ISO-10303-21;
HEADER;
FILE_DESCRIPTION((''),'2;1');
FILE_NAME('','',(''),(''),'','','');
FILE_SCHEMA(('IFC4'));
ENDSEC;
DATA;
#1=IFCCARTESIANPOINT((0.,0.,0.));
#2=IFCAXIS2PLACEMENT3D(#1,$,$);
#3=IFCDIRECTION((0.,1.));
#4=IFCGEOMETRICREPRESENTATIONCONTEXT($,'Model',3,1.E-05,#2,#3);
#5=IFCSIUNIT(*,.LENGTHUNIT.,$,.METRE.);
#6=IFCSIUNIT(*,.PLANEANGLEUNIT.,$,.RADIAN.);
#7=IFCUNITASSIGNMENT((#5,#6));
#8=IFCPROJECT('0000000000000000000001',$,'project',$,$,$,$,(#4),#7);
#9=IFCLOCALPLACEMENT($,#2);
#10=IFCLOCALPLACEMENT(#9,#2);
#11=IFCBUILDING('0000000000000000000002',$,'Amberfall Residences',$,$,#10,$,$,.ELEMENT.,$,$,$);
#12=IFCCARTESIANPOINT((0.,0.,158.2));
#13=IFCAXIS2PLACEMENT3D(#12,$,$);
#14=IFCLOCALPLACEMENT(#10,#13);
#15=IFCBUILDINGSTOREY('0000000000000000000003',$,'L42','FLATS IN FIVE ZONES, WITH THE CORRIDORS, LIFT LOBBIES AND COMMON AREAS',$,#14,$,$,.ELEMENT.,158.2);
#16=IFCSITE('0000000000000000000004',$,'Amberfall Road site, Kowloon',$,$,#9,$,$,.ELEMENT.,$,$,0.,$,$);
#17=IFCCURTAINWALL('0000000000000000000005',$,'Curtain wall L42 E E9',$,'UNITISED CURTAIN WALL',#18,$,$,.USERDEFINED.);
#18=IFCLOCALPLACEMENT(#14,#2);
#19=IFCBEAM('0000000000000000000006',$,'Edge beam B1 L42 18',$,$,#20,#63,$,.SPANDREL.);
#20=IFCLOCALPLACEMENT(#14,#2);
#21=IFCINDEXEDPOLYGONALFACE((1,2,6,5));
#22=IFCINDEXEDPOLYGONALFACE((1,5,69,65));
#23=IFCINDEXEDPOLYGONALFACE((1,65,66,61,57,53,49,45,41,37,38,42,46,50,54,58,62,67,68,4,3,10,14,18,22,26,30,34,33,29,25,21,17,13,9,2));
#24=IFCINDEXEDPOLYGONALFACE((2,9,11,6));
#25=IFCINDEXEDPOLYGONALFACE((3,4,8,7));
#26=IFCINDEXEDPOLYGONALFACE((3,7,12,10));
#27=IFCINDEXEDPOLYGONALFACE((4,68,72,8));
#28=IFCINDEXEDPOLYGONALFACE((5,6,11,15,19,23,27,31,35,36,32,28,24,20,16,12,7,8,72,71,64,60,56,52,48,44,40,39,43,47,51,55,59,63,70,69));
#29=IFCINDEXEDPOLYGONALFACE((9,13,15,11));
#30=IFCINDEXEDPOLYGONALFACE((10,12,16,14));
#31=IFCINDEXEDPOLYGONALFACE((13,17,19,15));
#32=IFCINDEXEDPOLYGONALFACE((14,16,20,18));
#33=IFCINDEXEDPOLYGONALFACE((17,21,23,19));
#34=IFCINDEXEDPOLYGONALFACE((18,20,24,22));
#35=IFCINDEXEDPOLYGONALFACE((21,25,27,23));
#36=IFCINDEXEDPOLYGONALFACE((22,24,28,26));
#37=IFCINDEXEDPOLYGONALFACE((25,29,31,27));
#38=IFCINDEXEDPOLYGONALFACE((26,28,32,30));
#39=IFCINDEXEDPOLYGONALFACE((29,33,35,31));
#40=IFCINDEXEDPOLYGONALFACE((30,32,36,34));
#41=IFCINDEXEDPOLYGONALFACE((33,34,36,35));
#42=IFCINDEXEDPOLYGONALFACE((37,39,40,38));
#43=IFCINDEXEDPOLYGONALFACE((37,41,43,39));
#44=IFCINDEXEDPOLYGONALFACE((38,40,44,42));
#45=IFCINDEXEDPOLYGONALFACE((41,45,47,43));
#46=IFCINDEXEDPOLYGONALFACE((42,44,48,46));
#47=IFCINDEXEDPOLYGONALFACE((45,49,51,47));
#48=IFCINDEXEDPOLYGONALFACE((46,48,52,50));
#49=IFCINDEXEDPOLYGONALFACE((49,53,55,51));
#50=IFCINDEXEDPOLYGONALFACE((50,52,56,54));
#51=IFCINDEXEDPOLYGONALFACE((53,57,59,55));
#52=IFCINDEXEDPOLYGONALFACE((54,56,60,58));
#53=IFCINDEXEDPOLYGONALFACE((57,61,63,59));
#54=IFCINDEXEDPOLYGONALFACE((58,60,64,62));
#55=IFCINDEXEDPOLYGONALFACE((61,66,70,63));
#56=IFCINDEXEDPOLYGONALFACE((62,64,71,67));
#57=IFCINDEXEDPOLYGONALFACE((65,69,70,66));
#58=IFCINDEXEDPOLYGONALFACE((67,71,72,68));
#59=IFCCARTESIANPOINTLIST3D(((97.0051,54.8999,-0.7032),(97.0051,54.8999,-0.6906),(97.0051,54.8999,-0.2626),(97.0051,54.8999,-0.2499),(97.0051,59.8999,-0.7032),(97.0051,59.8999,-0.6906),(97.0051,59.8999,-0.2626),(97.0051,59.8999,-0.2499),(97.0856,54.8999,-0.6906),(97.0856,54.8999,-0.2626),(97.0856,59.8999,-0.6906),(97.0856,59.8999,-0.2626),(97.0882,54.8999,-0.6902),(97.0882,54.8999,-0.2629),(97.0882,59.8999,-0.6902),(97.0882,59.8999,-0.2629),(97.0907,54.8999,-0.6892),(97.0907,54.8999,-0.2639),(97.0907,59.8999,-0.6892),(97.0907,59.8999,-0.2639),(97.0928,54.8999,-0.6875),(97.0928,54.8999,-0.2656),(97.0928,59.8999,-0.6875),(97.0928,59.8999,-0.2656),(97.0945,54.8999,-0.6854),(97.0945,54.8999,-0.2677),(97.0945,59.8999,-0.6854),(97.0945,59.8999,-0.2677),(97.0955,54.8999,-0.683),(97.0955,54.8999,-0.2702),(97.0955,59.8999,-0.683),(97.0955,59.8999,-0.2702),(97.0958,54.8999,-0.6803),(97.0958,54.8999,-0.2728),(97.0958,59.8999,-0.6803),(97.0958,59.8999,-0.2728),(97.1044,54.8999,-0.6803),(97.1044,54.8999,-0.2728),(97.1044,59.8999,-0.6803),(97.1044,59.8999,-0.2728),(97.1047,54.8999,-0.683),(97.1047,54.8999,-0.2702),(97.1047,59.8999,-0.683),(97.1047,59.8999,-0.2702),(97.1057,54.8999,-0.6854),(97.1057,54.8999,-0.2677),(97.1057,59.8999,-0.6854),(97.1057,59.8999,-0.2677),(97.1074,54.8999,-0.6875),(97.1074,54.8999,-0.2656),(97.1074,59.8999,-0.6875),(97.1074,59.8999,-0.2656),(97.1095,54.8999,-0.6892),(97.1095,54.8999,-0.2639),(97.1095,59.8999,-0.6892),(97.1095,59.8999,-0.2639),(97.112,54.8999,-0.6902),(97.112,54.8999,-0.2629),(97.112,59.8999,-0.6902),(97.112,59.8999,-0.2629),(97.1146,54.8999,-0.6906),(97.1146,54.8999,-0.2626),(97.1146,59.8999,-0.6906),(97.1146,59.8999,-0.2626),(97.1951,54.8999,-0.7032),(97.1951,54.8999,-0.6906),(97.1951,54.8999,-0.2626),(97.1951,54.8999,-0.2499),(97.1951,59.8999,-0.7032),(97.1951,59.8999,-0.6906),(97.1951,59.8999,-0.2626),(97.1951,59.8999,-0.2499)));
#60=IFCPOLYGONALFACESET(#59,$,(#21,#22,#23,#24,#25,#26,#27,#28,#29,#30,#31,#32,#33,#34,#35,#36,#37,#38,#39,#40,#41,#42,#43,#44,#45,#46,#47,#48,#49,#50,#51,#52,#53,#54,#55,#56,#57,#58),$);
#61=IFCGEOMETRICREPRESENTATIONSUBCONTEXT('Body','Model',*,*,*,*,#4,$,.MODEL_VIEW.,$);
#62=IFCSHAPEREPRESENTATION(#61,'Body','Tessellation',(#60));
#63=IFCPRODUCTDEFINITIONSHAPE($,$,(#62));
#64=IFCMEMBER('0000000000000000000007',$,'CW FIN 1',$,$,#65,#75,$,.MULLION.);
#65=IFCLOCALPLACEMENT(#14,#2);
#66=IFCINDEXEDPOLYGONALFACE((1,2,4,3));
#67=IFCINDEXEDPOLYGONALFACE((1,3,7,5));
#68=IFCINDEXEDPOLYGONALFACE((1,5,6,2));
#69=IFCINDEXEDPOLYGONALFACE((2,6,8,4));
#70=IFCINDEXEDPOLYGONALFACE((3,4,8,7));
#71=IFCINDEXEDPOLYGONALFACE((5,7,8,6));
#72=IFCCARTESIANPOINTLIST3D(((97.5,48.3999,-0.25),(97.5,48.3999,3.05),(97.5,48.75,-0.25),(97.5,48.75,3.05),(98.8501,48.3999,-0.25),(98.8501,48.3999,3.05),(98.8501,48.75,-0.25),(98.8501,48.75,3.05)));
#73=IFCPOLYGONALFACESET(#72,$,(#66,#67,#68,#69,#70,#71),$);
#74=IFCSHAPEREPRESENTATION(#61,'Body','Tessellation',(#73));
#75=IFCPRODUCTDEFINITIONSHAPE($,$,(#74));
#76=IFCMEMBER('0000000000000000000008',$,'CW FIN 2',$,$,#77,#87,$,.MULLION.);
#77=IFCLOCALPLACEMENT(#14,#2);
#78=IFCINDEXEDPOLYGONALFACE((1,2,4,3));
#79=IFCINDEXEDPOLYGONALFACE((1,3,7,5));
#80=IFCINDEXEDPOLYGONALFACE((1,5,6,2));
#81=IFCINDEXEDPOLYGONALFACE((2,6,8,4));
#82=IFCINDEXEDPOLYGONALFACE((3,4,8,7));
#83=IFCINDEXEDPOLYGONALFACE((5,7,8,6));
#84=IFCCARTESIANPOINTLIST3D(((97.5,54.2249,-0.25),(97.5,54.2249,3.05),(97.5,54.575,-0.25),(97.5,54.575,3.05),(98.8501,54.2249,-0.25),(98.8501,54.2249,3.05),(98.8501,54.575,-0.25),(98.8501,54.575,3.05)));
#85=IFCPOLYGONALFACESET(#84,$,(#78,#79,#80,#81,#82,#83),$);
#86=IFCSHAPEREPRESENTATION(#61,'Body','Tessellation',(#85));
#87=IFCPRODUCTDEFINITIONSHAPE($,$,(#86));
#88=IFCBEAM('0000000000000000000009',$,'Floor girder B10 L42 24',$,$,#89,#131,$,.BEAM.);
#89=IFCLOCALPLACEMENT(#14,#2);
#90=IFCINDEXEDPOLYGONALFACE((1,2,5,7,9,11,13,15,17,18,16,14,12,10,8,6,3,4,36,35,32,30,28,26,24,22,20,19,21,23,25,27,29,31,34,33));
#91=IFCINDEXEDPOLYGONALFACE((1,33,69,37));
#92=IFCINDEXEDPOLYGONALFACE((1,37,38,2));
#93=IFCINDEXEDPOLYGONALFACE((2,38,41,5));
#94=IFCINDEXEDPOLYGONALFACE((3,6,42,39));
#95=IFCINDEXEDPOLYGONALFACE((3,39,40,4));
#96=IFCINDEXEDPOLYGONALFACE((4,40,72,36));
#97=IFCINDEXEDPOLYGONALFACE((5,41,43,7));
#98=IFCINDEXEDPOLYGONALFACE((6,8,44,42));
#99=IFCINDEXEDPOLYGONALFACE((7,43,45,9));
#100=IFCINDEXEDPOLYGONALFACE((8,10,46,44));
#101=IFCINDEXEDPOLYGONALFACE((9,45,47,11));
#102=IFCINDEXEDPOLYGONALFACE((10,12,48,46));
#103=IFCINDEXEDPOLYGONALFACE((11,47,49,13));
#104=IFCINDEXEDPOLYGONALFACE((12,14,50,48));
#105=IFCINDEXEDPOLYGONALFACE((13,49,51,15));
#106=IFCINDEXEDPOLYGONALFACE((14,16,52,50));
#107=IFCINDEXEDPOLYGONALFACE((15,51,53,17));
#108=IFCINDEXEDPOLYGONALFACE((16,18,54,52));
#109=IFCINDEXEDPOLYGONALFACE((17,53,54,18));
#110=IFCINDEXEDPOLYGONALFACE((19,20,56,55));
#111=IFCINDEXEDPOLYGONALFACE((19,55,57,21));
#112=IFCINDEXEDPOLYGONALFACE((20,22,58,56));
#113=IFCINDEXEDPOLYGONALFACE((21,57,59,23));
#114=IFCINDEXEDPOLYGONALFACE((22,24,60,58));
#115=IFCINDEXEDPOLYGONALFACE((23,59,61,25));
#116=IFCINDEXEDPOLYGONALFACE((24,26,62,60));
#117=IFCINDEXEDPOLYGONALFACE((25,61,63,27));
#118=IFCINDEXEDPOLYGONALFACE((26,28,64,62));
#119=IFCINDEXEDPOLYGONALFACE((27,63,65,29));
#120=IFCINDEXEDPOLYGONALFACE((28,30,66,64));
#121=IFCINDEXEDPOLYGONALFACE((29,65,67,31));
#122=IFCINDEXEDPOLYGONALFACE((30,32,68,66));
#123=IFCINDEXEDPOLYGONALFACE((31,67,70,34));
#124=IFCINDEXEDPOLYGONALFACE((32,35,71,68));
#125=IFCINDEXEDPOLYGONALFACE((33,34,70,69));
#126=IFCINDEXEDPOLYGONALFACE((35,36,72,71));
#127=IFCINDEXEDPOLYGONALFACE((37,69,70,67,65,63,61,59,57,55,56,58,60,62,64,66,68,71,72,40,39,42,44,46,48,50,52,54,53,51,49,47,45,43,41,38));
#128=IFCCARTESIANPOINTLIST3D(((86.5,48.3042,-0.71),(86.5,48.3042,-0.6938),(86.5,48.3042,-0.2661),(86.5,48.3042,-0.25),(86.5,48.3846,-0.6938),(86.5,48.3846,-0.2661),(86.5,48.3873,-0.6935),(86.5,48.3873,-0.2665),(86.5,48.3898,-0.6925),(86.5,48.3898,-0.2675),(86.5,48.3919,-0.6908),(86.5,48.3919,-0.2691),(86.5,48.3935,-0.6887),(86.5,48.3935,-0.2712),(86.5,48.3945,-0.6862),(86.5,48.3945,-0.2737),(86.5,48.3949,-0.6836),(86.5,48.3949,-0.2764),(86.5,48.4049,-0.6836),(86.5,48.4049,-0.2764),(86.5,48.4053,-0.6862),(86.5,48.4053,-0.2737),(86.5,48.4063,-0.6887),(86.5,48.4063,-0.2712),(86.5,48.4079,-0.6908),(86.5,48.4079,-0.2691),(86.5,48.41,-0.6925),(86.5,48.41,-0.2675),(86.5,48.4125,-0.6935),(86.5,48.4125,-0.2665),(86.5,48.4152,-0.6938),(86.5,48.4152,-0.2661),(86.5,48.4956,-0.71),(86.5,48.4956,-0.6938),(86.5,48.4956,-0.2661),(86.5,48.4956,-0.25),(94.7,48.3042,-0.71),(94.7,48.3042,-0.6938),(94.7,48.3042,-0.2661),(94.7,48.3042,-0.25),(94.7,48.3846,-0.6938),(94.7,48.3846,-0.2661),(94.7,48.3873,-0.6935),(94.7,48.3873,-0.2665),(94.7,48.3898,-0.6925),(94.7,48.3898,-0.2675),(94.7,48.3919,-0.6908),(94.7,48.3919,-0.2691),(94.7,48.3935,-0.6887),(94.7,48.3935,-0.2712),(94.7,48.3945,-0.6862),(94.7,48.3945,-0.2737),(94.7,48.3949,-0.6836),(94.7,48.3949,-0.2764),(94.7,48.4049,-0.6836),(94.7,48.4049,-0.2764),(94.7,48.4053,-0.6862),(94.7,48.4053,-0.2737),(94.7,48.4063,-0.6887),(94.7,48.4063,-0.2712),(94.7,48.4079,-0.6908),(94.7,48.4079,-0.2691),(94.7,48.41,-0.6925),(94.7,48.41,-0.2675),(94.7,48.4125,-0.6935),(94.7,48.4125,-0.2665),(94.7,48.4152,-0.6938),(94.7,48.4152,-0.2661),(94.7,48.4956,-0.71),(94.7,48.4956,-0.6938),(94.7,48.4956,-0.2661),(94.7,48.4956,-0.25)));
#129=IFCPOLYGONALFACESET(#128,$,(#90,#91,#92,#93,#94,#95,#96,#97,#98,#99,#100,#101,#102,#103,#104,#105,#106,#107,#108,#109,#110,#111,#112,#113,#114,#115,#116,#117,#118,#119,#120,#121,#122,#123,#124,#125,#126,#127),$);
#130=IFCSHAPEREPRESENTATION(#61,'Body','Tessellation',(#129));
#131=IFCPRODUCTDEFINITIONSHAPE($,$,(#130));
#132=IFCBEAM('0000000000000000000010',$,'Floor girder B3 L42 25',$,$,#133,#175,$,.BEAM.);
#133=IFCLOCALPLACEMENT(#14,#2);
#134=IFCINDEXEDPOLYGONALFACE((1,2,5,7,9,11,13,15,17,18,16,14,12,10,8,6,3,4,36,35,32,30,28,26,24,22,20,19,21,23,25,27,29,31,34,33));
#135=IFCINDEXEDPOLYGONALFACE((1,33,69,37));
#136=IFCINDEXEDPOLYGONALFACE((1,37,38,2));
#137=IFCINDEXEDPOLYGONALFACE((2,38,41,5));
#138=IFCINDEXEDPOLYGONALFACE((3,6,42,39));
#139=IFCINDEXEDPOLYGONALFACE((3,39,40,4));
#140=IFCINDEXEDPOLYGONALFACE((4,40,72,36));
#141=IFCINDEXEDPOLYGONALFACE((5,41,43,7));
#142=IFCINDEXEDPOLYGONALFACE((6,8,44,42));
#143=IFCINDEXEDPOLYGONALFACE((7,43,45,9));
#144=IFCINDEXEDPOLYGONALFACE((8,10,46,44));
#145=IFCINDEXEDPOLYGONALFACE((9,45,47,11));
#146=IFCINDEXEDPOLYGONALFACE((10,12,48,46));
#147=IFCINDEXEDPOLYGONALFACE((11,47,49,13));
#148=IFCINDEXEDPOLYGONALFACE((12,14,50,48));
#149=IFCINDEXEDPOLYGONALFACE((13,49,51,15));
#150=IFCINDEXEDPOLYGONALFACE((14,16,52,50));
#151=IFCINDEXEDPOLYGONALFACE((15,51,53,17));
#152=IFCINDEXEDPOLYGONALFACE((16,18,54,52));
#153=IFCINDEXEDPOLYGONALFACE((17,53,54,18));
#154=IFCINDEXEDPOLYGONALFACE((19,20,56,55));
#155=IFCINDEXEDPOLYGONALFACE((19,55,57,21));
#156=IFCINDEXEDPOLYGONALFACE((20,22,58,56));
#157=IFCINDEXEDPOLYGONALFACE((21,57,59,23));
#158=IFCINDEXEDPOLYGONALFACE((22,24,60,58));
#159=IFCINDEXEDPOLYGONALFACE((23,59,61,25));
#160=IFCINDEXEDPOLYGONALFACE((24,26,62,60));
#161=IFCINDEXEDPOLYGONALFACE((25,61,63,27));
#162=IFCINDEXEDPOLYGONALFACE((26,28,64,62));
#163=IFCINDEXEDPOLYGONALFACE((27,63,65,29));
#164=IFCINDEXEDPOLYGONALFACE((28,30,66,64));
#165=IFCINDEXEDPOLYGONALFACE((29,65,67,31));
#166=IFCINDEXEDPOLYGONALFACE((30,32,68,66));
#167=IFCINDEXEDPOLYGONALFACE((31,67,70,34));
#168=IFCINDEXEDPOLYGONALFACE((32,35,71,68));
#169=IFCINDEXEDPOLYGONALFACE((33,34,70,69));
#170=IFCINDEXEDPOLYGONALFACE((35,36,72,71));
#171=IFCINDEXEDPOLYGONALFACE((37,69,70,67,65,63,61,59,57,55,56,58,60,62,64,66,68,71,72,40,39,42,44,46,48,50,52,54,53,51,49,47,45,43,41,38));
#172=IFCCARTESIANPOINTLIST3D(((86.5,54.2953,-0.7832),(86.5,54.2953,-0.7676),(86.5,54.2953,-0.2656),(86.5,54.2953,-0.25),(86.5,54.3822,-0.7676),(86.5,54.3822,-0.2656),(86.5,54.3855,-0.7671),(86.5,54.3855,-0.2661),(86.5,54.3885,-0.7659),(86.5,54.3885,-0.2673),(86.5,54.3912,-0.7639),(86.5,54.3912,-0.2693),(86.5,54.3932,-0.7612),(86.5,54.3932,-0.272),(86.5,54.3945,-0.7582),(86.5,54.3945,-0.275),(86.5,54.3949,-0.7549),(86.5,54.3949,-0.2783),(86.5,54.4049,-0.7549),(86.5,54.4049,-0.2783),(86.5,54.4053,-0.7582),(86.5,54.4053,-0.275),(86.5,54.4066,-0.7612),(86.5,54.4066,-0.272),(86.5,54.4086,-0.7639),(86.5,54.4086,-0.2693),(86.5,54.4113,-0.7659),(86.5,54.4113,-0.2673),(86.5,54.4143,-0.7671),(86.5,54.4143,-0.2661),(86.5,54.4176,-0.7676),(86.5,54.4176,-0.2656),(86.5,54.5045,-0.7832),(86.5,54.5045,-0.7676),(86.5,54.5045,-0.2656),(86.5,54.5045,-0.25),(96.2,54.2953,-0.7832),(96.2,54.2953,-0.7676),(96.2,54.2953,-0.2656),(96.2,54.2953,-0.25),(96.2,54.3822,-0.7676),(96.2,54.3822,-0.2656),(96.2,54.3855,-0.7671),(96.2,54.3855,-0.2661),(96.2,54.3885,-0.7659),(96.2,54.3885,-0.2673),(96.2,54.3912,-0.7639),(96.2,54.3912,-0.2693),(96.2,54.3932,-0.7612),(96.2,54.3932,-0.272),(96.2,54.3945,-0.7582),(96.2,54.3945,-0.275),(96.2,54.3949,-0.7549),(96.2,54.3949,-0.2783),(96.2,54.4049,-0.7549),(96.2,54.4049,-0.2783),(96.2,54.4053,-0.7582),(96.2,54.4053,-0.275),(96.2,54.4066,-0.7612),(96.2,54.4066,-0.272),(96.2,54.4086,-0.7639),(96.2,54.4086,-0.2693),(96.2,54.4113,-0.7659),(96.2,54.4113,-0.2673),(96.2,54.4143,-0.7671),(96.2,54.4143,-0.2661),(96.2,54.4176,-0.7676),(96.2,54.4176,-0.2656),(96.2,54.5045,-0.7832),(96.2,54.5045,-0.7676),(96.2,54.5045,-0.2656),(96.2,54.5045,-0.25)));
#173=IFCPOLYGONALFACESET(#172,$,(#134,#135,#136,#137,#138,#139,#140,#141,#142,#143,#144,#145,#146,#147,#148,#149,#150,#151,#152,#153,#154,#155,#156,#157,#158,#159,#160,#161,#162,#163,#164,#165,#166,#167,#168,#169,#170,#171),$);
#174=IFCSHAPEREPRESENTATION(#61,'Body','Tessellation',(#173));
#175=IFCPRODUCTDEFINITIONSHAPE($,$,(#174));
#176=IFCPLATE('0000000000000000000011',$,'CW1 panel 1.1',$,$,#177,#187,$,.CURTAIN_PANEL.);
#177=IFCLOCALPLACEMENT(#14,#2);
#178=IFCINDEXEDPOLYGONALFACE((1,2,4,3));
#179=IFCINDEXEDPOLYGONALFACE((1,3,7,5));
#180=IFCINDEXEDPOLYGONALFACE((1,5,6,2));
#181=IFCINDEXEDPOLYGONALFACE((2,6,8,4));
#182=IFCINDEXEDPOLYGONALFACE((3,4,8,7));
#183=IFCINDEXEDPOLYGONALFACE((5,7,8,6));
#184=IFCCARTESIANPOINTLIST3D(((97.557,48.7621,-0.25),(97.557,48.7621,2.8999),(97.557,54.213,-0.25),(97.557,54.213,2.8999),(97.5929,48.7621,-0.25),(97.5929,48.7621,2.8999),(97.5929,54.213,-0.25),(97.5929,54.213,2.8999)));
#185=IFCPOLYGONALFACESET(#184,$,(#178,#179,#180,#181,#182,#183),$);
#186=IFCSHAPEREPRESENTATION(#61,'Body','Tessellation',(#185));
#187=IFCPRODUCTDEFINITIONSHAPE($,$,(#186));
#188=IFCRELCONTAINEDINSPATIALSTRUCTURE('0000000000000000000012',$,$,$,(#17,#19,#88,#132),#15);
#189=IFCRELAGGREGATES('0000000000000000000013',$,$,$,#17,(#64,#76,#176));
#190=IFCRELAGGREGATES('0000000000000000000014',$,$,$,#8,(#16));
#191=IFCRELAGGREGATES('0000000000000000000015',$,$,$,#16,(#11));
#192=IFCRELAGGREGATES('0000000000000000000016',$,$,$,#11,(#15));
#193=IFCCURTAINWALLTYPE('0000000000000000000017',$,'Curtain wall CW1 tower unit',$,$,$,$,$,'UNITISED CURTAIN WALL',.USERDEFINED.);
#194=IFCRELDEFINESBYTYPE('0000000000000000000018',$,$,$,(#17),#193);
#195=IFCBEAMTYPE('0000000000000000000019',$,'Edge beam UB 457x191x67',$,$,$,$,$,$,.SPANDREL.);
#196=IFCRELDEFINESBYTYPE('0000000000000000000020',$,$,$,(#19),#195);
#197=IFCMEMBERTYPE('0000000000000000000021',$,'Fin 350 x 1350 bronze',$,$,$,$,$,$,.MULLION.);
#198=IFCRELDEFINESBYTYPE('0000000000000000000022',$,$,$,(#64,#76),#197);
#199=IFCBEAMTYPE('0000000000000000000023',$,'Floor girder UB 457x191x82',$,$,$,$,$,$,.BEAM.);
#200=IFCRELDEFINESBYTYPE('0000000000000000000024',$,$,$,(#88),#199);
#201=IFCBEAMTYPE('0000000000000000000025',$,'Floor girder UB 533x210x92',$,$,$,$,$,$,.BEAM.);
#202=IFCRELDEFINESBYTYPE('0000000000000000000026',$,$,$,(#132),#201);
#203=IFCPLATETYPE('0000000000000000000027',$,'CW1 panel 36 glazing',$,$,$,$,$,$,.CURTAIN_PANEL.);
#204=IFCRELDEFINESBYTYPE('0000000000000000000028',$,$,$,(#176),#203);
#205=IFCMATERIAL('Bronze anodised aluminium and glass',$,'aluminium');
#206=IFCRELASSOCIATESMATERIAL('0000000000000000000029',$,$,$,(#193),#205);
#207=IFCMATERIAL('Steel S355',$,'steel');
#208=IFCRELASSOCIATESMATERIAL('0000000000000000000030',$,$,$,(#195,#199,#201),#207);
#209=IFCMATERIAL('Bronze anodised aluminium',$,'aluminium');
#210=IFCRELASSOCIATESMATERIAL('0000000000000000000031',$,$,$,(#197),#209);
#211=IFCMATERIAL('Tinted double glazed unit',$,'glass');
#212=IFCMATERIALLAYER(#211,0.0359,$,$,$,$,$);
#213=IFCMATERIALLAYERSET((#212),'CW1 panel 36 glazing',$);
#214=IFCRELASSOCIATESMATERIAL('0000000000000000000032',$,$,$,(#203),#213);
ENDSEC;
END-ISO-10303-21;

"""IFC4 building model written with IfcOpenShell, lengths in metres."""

from ifc_helpers import new_model, si_unit, direction, frame, origin, origin_2d, place, context, subcontext, project, spatial, rectangle, i_section, extrude, material, layer, layer_set, material_profile, profile_set, type_object, element, aggregate, save


model = new_model("IFC4")

# Units and contexts
model_context = context("Model", 3, precision=1e-05, world=origin(), true_north=direction((0.0, 1.0)))
body_context = subcontext(model_context, "Body", "Model", "MODEL_VIEW")
ifc_project = project(units=[si_unit("LENGTHUNIT", "METRE"), si_unit("PLANEANGLEUNIT", "RADIAN")], contexts=[model_context])

# Site, building, storey
site_placement = place(None, origin())
site = spatial("IfcSite", under=ifc_project, at=site_placement, Name="Amberfall Road site, Kowloon", CompositionType="ELEMENT", RefElevation=0.0)
building_placement = place(site_placement, origin())
building = spatial("IfcBuilding", under=site, at=building_placement, Name="Amberfall Residences", CompositionType="ELEMENT")
storey_placement = place(building_placement, frame((0.0, 0.0, 158.2)))
storey = spatial("IfcBuildingStorey", under=building, at=storey_placement, Name="L42", Description="FLATS IN FIVE ZONES, WITH THE CORRIDORS, LIFT LOBBIES AND COMMON AREAS", CompositionType="ELEMENT", Elevation=158.2)

# Curtain wall
ifc_material_1 = material(Name="Bronze anodised aluminium and glass", Category="aluminium")
curtain_wall_type = type_object("IfcCurtainWallType", Name="Curtain wall CW1 tower unit", ElementType="UNITISED CURTAIN WALL", PredefinedType="USERDEFINED", material=ifc_material_1)
curtain_wall_placement = place(storey_placement, origin())
curtain_wall = element("IfcCurtainWall", 1, at=curtain_wall_placement, inside=storey, type_object=curtain_wall_type, Name="Curtain wall L42 E E9", ObjectType="UNITISED CURTAIN WALL", PredefinedType="USERDEFINED")
ifc_material_2 = material(Name="Bronze anodised aluminium", Category="aluminium")

# Beam
ifc_material_3 = material(Name="Steel S355", Category="steel")
ifc_material_profile_1 = material_profile(ifc_material_3, i_section(OverallWidth=0.1899, OverallDepth=0.4534, WebThickness=0.0085, FlangeThickness=0.0127, FilletRadius=0.0103, at=origin_2d()), Name="UB 457x191x67")
ifc_profile_set_1 = profile_set([ifc_material_profile_1], Name="Steel S355")
beam_type_1 = type_object("IfcBeamType", Name="Edge beam UB 457x191x67", PredefinedType="SPANDREL", material=ifc_profile_set_1)
beam_1_placement = place(storey_placement, frame((97.1001, 54.8999, -0.4766), z_axis=(0.0, 1.0, 0.0), x_axis=(-1.0, 0.0, 0.0)))
element("IfcBeam", 2, at=beam_1_placement, inside=storey, type_object=beam_type_1, Name="Edge beam B1 L42 18", PredefinedType="SPANDREL", context=body_context, shape_type="SweptSolid", body=[
    extrude(i_section(OverallWidth=0.1899, OverallDepth=0.4534, WebThickness=0.0085, FlangeThickness=0.0127, FilletRadius=0.0103, at=origin_2d()), origin(), (0.0, 0.0, 1.0), 5.0),
])

# Members
ifc_material_profile_2 = material_profile(ifc_material_2, rectangle(XDim=1.3501, YDim=0.3501, at=origin_2d()), Name="Fin 350 x 1350 bronze")
ifc_profile_set_2 = profile_set([ifc_material_profile_2], Name="Bronze anodised aluminium")
member_type_1 = type_object("IfcMemberType", Name="Fin 350 x 1350 bronze", PredefinedType="MULLION", material=ifc_profile_set_2)
member_1_placement = place(storey_placement, frame((98.175, 48.575, -0.25), z_axis=(0.0, 0.0, 1.0), x_axis=(-1.0, 0.0, 0.0)))
member_1 = element("IfcMember", 3, at=member_1_placement, type_object=member_type_1, Name="CW FIN 1", PredefinedType="MULLION", context=body_context, shape_type="SweptSolid", body=[
    extrude(rectangle(XDim=1.3501, YDim=0.3501, at=origin_2d()), origin(), (0.0, 0.0, 1.0), 3.3),
])
member_2_placement = place(storey_placement, frame((98.175, 54.3999, -0.25), z_axis=(0.0, 0.0, 1.0), x_axis=(-1.0, 0.0, 0.0)))
member_2 = element("IfcMember", 4, at=member_2_placement, type_object=member_type_1, Name="CW FIN 2", PredefinedType="MULLION", context=body_context, shape_type="SweptSolid", body=[
    extrude(rectangle(XDim=1.3501, YDim=0.3501, at=origin_2d()), origin(), (0.0, 0.0, 1.0), 3.3),
])

# Beams
ifc_material_profile_3 = material_profile(ifc_material_3, i_section(OverallWidth=0.1914, OverallDepth=0.46, WebThickness=0.01, FlangeThickness=0.0161, FilletRadius=0.0103, at=origin_2d()), Name="UB 457x191x82")
ifc_profile_set_3 = profile_set([ifc_material_profile_3], Name="Steel S355")
beam_type_2 = type_object("IfcBeamType", Name="Floor girder UB 457x191x82", PredefinedType="BEAM", material=ifc_profile_set_3)
beam_2_placement = place(storey_placement, frame((94.7, 48.3999, -0.48), z_axis=(-1.0, 0.0, 0.0), x_axis=(0.0, -1.0, 0.0)))
element("IfcBeam", 5, at=beam_2_placement, inside=storey, type_object=beam_type_2, Name="Floor girder B10 L42 24", PredefinedType="BEAM", context=body_context, shape_type="SweptSolid", body=[
    extrude(i_section(OverallWidth=0.1914, OverallDepth=0.46, WebThickness=0.01, FlangeThickness=0.0161, FilletRadius=0.0103, at=origin_2d()), origin(), (0.0, 0.0, 1.0), 8.2),
])
ifc_material_profile_4 = material_profile(ifc_material_3, i_section(OverallWidth=0.2092, OverallDepth=0.5332, WebThickness=0.01, FlangeThickness=0.0156, FilletRadius=0.0127, at=origin_2d()), Name="UB 533x210x92")
ifc_profile_set_4 = profile_set([ifc_material_profile_4], Name="Steel S355")
beam_type_3 = type_object("IfcBeamType", Name="Floor girder UB 533x210x92", PredefinedType="BEAM", material=ifc_profile_set_4)
beam_3_placement = place(storey_placement, frame((96.2, 54.3999, -0.5166), z_axis=(-1.0, 0.0, 0.0), x_axis=(0.0, -1.0, 0.0)))
element("IfcBeam", 6, at=beam_3_placement, inside=storey, type_object=beam_type_3, Name="Floor girder B3 L42 25", PredefinedType="BEAM", context=body_context, shape_type="SweptSolid", body=[
    extrude(i_section(OverallWidth=0.2092, OverallDepth=0.5332, WebThickness=0.01, FlangeThickness=0.0156, FilletRadius=0.0127, at=origin_2d()), origin(), (0.0, 0.0, 1.0), 9.7),
])

# Plate
ifc_material_4 = material(Name="Tinted double glazed unit", Category="glass")
ifc_layer_1 = layer(ifc_material_4, 0.0359)
ifc_layer_set_1 = layer_set([ifc_layer_1], Name="CW1 panel 36 glazing")
plate_type = type_object("IfcPlateType", Name="CW1 panel 36 glazing", PredefinedType="CURTAIN_PANEL", material=ifc_layer_set_1)
plate_1_placement = place(storey_placement, frame((97.575, 51.4875, -0.25), z_axis=(0.0, 0.0, 1.0), x_axis=(0.0, 1.0, 0.0)))
plate_1 = element("IfcPlate", 7, at=plate_1_placement, type_object=plate_type, Name="CW1 panel 1.1", PredefinedType="CURTAIN_PANEL", context=body_context, shape_type="SweptSolid", body=[
    extrude(rectangle(XDim=5.4509, YDim=0.0359, at=origin_2d()), origin(), (0.0, 0.0, 1.0), 3.1499),
])
aggregate(curtain_wall, [member_1, member_2, plate_1])

save(model, "model.ifc")
